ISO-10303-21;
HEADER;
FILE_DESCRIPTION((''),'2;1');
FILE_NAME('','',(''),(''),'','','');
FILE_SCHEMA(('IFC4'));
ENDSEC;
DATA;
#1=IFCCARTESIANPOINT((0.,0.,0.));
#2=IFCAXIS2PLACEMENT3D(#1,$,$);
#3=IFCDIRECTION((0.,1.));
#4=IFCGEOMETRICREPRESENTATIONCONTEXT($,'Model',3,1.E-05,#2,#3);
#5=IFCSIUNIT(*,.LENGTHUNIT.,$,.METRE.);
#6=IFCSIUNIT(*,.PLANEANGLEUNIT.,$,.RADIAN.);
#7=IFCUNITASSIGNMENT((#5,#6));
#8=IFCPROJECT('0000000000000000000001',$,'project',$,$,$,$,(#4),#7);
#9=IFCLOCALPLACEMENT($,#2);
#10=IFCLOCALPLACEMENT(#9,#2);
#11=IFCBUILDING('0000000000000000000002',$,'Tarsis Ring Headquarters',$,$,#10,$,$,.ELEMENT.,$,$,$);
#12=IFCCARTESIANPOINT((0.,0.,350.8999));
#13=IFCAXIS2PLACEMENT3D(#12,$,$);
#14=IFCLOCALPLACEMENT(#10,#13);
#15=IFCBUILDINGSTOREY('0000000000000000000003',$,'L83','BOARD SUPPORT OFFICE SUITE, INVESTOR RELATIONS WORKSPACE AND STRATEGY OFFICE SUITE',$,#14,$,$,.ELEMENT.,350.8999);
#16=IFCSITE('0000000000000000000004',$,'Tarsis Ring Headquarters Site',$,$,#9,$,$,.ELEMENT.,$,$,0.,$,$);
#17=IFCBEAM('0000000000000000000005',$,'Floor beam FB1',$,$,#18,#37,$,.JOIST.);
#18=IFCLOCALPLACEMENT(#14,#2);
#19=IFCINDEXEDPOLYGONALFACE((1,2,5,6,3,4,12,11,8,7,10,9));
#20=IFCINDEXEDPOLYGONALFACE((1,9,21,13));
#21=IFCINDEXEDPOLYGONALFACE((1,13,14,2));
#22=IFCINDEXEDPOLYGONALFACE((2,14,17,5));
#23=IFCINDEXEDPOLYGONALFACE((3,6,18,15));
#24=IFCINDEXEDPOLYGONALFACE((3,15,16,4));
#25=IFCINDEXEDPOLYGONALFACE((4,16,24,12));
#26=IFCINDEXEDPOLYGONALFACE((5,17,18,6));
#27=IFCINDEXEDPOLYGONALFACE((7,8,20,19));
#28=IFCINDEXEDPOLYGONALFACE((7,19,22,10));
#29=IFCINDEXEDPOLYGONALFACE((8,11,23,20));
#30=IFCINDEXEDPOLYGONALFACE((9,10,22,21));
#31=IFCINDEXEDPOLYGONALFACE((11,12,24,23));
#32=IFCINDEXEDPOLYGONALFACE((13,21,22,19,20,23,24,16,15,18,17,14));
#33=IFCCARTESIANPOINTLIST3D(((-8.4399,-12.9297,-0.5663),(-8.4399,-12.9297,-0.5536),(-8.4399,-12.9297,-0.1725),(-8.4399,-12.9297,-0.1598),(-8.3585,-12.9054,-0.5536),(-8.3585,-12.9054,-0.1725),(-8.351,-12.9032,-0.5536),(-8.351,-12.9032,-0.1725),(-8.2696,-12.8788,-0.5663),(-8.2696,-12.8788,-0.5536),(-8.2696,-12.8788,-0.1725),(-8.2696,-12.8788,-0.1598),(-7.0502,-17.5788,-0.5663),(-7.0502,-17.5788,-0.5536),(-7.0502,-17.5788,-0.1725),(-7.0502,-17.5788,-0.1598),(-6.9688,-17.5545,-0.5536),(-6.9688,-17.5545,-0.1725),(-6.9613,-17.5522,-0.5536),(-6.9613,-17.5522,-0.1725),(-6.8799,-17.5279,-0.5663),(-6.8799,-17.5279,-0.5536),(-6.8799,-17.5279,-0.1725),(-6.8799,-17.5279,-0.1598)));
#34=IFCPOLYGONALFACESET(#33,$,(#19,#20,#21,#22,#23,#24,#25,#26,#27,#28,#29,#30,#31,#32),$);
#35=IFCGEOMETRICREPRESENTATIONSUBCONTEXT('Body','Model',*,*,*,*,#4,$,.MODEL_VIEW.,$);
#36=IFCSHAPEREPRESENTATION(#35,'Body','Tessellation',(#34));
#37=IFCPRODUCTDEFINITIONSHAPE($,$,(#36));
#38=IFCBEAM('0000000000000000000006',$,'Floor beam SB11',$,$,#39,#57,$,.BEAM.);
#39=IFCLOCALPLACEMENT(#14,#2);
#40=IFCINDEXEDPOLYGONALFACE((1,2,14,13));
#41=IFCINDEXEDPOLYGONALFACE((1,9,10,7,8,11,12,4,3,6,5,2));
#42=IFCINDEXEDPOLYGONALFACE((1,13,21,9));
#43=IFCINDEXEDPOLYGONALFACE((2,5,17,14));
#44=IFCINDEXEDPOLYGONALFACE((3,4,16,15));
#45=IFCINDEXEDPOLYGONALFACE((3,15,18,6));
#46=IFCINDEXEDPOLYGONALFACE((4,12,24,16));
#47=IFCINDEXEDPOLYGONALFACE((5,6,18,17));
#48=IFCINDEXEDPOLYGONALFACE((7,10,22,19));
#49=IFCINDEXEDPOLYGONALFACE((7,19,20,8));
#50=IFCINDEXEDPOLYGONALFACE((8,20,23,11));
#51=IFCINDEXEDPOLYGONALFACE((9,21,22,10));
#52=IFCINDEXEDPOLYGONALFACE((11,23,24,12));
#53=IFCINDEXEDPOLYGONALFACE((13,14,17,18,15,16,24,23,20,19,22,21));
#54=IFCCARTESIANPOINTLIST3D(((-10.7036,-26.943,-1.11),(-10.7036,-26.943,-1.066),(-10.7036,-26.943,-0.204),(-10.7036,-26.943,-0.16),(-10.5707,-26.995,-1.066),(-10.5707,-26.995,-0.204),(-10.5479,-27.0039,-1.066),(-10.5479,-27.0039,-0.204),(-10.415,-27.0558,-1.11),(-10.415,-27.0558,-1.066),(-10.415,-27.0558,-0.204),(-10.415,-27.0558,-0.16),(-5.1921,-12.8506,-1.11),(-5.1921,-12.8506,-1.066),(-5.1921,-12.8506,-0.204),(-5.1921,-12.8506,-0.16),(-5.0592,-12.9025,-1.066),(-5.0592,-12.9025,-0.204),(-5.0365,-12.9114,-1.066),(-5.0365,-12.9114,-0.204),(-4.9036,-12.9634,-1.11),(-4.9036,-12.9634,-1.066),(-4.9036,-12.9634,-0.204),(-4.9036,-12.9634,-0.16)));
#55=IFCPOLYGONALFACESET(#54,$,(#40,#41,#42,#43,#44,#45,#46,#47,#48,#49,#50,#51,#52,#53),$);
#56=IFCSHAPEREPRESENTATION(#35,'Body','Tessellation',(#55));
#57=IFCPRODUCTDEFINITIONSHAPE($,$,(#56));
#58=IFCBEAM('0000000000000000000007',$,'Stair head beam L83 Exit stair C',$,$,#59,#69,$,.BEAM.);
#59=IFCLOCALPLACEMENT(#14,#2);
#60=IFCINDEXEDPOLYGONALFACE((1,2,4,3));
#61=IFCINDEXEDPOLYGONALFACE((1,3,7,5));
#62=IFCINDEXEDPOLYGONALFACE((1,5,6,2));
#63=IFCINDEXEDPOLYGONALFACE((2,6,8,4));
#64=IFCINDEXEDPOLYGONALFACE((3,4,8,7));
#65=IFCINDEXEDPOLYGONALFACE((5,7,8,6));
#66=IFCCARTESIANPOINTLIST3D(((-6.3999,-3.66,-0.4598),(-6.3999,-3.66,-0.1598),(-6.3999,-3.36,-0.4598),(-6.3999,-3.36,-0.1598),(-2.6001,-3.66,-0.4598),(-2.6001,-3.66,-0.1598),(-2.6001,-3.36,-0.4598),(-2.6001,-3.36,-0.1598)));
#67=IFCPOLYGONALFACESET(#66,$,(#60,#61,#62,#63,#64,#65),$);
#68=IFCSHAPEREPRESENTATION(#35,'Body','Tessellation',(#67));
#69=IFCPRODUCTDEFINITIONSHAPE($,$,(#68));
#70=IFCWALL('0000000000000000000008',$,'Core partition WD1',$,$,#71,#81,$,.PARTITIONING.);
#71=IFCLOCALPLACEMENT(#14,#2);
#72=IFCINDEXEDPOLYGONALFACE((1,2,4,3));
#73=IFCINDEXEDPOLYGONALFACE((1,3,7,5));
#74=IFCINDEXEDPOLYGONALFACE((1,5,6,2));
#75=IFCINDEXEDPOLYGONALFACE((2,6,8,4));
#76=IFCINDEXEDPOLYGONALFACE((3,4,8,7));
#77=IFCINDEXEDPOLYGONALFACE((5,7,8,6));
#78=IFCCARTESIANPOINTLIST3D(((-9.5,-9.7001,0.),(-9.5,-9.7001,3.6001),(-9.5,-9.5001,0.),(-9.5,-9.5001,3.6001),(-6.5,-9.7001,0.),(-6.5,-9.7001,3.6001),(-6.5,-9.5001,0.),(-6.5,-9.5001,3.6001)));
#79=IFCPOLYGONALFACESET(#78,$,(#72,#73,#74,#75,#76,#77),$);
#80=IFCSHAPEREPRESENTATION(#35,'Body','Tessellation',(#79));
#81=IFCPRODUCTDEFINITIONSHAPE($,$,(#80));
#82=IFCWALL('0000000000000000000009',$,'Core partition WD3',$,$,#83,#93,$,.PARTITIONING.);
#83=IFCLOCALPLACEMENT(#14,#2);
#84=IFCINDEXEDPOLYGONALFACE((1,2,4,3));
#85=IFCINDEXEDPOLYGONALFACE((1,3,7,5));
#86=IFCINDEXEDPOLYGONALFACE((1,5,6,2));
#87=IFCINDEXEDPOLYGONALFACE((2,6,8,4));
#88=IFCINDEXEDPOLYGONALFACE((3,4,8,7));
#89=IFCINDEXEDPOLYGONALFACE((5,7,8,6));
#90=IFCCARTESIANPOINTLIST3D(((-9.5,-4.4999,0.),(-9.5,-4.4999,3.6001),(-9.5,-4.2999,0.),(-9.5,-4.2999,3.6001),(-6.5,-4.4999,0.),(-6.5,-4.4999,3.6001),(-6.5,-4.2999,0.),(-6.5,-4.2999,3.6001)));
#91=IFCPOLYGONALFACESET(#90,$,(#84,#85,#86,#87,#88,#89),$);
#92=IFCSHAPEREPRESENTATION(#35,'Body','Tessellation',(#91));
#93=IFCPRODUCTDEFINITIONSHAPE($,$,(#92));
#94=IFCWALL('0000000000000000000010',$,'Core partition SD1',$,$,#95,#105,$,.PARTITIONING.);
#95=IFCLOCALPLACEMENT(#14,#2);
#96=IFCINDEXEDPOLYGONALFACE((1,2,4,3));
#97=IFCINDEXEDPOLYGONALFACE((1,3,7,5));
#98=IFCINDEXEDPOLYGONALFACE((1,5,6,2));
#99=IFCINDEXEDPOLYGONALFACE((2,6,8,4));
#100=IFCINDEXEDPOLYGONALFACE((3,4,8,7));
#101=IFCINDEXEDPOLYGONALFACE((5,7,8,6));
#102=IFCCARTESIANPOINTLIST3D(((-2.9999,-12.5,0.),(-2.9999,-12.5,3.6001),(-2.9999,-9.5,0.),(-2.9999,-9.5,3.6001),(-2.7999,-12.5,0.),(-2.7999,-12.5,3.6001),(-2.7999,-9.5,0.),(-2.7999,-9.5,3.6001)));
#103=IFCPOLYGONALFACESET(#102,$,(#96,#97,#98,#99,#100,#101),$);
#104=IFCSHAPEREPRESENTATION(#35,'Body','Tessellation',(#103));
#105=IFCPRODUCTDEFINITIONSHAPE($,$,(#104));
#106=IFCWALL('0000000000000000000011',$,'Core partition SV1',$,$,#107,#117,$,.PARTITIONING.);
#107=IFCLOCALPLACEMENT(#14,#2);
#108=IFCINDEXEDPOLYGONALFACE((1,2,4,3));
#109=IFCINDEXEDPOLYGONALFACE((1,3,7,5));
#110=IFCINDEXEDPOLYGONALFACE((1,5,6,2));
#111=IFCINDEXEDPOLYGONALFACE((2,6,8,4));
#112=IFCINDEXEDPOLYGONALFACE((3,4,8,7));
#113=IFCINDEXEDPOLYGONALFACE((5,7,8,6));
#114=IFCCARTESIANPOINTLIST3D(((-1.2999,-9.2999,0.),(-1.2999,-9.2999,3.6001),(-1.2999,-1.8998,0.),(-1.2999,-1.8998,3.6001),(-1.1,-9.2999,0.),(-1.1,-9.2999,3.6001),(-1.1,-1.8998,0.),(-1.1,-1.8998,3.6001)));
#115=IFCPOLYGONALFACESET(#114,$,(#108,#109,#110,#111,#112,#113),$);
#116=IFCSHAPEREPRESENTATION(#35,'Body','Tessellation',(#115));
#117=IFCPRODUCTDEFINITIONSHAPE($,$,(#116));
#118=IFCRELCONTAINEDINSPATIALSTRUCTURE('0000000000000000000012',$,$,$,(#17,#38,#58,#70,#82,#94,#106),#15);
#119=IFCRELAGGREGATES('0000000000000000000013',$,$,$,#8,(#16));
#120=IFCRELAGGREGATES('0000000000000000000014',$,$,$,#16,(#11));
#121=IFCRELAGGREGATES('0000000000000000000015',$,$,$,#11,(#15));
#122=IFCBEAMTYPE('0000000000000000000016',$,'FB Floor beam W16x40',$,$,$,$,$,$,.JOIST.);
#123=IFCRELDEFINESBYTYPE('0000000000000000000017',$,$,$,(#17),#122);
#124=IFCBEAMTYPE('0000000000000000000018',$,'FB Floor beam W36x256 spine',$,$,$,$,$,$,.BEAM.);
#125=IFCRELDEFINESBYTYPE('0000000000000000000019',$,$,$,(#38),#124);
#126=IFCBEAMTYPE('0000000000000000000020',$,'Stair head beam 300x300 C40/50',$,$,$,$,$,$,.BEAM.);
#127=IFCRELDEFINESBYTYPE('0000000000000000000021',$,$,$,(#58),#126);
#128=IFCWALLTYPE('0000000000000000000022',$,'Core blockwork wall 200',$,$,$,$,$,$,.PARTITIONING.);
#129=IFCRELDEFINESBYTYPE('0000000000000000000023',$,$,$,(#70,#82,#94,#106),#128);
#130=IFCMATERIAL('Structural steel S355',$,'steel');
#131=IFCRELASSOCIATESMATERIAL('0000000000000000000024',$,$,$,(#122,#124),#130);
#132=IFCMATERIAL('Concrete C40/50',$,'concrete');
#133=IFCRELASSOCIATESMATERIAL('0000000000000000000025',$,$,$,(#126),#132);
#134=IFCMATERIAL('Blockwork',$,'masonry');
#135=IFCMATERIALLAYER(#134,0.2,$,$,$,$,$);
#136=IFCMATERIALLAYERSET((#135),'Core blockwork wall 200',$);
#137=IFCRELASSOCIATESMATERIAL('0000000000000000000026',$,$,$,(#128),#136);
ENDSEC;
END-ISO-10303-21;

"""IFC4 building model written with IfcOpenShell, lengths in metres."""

from ifc_helpers import new_model, si_unit, direction, frame, frame_2d, origin, origin_2d, place, context, subcontext, project, spatial, rectangle, i_section, extrude, material, layer, layer_set, material_profile, profile_set, type_object, element, save


model = new_model("IFC4")

# Units and contexts
model_context = context("Model", 3, precision=1e-05, world=origin(), true_north=direction((0.0, 1.0)))
body_context = subcontext(model_context, "Body", "Model", "MODEL_VIEW")
ifc_project = project(units=[si_unit("LENGTHUNIT", "METRE"), si_unit("PLANEANGLEUNIT", "RADIAN")], contexts=[model_context])

# Site, building, storey
site_placement = place(None, origin())
site = spatial("IfcSite", under=ifc_project, at=site_placement, Name="Tarsis Ring Headquarters Site", CompositionType="ELEMENT", RefElevation=0.0)
building_placement = place(site_placement, origin())
building = spatial("IfcBuilding", under=site, at=building_placement, Name="Tarsis Ring Headquarters", CompositionType="ELEMENT")
storey_placement = place(building_placement, frame((0.0, 0.0, 350.8999)))
storey = spatial("IfcBuildingStorey", under=building, at=storey_placement, Name="L83", Description="BOARD SUPPORT OFFICE SUITE, INVESTOR RELATIONS WORKSPACE AND STRATEGY OFFICE SUITE", CompositionType="ELEMENT", Elevation=350.8999)

# Beams
ifc_material_1 = material(Name="Structural steel S355", Category="steel")
ifc_material_profile_1 = material_profile(ifc_material_1, i_section(OverallWidth=0.1777, OverallDepth=0.4065, WebThickness=0.0078, FlangeThickness=0.0127, at=origin_2d()), Name="W16x40")
ifc_profile_set_1 = profile_set([ifc_material_profile_1], Name="Structural steel S355")
beam_type_1 = type_object("IfcBeamType", Name="FB Floor beam W16x40", PredefinedType="JOIST", material=ifc_profile_set_1)
beam_1_placement = place(storey_placement, frame((-8.3547, -12.9043, -0.363), z_axis=(0.286397, -0.958111, 0.0), x_axis=(0.958111, 0.286397, 0.0)))
element("IfcBeam", 1, at=beam_1_placement, inside=storey, type_object=beam_type_1, Name="Floor beam FB1", PredefinedType="JOIST", context=body_context, shape_type="SweptSolid", body=[
    extrude(i_section(OverallWidth=0.1777, OverallDepth=0.4065, WebThickness=0.0078, FlangeThickness=0.0127, at=origin_2d()), origin(), (0.0, 0.0, 1.0), 4.8523),
])
ifc_material_profile_2 = material_profile(ifc_material_1, i_section(OverallWidth=0.3098, OverallDepth=0.95, WebThickness=0.0244, FlangeThickness=0.0439, at=origin_2d()), Name="W36x256")
ifc_profile_set_2 = profile_set([ifc_material_profile_2], Name="Structural steel S355")
beam_type_2 = type_object("IfcBeamType", Name="FB Floor beam W36x256 spine", PredefinedType="BEAM", material=ifc_profile_set_2)
beam_2_placement = place(storey_placement, frame((-5.0479, -12.907, -0.635), z_axis=(-0.364228, -0.93131, 0.0), x_axis=(0.93131, -0.364228, 0.0)))
element("IfcBeam", 2, at=beam_2_placement, inside=storey, type_object=beam_type_2, Name="Floor beam SB11", PredefinedType="BEAM", context=body_context, shape_type="SweptSolid", body=[
    extrude(i_section(OverallWidth=0.3098, OverallDepth=0.95, WebThickness=0.0244, FlangeThickness=0.0439, at=origin_2d()), origin(), (0.0, 0.0, 1.0), 15.1318),
])
ifc_material_2 = material(Name="Concrete C40/50", Category="concrete")
ifc_material_profile_3 = material_profile(ifc_material_2, rectangle(XDim=0.3, YDim=0.3, at=origin_2d()), Name="Stair head beam 300x300 C40/50")
ifc_profile_set_3 = profile_set([ifc_material_profile_3], Name="Concrete C40/50")
beam_type_3 = type_object("IfcBeamType", Name="Stair head beam 300x300 C40/50", PredefinedType="BEAM", material=ifc_profile_set_3)
beam_3_placement = place(storey_placement, frame((-6.3999, -3.51, -0.3098), z_axis=(1.0, 0.0, 0.0), x_axis=(0.0, 1.0, 0.0)))
element("IfcBeam", 3, at=beam_3_placement, inside=storey, type_object=beam_type_3, Name="Stair head beam L83 Exit stair C", PredefinedType="BEAM", context=body_context, shape_type="SweptSolid", body=[
    extrude(rectangle(XDim=0.3, YDim=0.3, at=origin_2d()), origin(), (0.0, 0.0, 1.0), 3.7998),
])

# Walls
ifc_material_3 = material(Name="Blockwork", Category="masonry")
ifc_layer_1 = layer(ifc_material_3, 0.2)
ifc_layer_set_1 = layer_set([ifc_layer_1], Name="Core blockwork wall 200")
wall_type_1 = type_object("IfcWallType", Name="Core blockwork wall 200", PredefinedType="PARTITIONING", material=ifc_layer_set_1)
for number, where, z_axis, x_axis, name in (
    (4, (-9.5, -9.6001, 0.0), (0.0, 0.0, 1.0), (1.0, 0.0, 0.0), "Core partition WD1"),
    (5, (-9.5, -4.3999, 0.0), (0.0, 0.0, 1.0), (1.0, 0.0, 0.0), "Core partition WD3"),
    (6, (-2.8999, -12.5, 0.0), (0.0, 0.0, 1.0), (0.0, 1.0, 0.0), "Core partition SD1"),
):
    element("IfcWall", number, at=place(storey_placement, frame(where, z_axis=z_axis, x_axis=x_axis)), inside=storey, type_object=wall_type_1, Name=name, PredefinedType="PARTITIONING", context=body_context, shape_type="SweptSolid", body=[
        extrude(rectangle(XDim=3.0, YDim=0.2, at=frame_2d((1.5, 0.0))), origin(), (0.0, 0.0, 1.0), 3.6001),
    ])
wall_1_placement = place(storey_placement, frame((-1.2, -9.3, 0.0), z_axis=(0.0, 0.0, 1.0), x_axis=(0.0, 1.0, 0.0)))
element("IfcWall", 7, at=wall_1_placement, inside=storey, type_object=wall_type_1, Name="Core partition SV1", PredefinedType="PARTITIONING", context=body_context, shape_type="SweptSolid", body=[
    extrude(rectangle(XDim=7.4001, YDim=0.2, at=frame_2d((3.7002, 0.0))), origin(), (0.0, 0.0, 1.0), 3.6001),
])

save(model, "model.ifc")
